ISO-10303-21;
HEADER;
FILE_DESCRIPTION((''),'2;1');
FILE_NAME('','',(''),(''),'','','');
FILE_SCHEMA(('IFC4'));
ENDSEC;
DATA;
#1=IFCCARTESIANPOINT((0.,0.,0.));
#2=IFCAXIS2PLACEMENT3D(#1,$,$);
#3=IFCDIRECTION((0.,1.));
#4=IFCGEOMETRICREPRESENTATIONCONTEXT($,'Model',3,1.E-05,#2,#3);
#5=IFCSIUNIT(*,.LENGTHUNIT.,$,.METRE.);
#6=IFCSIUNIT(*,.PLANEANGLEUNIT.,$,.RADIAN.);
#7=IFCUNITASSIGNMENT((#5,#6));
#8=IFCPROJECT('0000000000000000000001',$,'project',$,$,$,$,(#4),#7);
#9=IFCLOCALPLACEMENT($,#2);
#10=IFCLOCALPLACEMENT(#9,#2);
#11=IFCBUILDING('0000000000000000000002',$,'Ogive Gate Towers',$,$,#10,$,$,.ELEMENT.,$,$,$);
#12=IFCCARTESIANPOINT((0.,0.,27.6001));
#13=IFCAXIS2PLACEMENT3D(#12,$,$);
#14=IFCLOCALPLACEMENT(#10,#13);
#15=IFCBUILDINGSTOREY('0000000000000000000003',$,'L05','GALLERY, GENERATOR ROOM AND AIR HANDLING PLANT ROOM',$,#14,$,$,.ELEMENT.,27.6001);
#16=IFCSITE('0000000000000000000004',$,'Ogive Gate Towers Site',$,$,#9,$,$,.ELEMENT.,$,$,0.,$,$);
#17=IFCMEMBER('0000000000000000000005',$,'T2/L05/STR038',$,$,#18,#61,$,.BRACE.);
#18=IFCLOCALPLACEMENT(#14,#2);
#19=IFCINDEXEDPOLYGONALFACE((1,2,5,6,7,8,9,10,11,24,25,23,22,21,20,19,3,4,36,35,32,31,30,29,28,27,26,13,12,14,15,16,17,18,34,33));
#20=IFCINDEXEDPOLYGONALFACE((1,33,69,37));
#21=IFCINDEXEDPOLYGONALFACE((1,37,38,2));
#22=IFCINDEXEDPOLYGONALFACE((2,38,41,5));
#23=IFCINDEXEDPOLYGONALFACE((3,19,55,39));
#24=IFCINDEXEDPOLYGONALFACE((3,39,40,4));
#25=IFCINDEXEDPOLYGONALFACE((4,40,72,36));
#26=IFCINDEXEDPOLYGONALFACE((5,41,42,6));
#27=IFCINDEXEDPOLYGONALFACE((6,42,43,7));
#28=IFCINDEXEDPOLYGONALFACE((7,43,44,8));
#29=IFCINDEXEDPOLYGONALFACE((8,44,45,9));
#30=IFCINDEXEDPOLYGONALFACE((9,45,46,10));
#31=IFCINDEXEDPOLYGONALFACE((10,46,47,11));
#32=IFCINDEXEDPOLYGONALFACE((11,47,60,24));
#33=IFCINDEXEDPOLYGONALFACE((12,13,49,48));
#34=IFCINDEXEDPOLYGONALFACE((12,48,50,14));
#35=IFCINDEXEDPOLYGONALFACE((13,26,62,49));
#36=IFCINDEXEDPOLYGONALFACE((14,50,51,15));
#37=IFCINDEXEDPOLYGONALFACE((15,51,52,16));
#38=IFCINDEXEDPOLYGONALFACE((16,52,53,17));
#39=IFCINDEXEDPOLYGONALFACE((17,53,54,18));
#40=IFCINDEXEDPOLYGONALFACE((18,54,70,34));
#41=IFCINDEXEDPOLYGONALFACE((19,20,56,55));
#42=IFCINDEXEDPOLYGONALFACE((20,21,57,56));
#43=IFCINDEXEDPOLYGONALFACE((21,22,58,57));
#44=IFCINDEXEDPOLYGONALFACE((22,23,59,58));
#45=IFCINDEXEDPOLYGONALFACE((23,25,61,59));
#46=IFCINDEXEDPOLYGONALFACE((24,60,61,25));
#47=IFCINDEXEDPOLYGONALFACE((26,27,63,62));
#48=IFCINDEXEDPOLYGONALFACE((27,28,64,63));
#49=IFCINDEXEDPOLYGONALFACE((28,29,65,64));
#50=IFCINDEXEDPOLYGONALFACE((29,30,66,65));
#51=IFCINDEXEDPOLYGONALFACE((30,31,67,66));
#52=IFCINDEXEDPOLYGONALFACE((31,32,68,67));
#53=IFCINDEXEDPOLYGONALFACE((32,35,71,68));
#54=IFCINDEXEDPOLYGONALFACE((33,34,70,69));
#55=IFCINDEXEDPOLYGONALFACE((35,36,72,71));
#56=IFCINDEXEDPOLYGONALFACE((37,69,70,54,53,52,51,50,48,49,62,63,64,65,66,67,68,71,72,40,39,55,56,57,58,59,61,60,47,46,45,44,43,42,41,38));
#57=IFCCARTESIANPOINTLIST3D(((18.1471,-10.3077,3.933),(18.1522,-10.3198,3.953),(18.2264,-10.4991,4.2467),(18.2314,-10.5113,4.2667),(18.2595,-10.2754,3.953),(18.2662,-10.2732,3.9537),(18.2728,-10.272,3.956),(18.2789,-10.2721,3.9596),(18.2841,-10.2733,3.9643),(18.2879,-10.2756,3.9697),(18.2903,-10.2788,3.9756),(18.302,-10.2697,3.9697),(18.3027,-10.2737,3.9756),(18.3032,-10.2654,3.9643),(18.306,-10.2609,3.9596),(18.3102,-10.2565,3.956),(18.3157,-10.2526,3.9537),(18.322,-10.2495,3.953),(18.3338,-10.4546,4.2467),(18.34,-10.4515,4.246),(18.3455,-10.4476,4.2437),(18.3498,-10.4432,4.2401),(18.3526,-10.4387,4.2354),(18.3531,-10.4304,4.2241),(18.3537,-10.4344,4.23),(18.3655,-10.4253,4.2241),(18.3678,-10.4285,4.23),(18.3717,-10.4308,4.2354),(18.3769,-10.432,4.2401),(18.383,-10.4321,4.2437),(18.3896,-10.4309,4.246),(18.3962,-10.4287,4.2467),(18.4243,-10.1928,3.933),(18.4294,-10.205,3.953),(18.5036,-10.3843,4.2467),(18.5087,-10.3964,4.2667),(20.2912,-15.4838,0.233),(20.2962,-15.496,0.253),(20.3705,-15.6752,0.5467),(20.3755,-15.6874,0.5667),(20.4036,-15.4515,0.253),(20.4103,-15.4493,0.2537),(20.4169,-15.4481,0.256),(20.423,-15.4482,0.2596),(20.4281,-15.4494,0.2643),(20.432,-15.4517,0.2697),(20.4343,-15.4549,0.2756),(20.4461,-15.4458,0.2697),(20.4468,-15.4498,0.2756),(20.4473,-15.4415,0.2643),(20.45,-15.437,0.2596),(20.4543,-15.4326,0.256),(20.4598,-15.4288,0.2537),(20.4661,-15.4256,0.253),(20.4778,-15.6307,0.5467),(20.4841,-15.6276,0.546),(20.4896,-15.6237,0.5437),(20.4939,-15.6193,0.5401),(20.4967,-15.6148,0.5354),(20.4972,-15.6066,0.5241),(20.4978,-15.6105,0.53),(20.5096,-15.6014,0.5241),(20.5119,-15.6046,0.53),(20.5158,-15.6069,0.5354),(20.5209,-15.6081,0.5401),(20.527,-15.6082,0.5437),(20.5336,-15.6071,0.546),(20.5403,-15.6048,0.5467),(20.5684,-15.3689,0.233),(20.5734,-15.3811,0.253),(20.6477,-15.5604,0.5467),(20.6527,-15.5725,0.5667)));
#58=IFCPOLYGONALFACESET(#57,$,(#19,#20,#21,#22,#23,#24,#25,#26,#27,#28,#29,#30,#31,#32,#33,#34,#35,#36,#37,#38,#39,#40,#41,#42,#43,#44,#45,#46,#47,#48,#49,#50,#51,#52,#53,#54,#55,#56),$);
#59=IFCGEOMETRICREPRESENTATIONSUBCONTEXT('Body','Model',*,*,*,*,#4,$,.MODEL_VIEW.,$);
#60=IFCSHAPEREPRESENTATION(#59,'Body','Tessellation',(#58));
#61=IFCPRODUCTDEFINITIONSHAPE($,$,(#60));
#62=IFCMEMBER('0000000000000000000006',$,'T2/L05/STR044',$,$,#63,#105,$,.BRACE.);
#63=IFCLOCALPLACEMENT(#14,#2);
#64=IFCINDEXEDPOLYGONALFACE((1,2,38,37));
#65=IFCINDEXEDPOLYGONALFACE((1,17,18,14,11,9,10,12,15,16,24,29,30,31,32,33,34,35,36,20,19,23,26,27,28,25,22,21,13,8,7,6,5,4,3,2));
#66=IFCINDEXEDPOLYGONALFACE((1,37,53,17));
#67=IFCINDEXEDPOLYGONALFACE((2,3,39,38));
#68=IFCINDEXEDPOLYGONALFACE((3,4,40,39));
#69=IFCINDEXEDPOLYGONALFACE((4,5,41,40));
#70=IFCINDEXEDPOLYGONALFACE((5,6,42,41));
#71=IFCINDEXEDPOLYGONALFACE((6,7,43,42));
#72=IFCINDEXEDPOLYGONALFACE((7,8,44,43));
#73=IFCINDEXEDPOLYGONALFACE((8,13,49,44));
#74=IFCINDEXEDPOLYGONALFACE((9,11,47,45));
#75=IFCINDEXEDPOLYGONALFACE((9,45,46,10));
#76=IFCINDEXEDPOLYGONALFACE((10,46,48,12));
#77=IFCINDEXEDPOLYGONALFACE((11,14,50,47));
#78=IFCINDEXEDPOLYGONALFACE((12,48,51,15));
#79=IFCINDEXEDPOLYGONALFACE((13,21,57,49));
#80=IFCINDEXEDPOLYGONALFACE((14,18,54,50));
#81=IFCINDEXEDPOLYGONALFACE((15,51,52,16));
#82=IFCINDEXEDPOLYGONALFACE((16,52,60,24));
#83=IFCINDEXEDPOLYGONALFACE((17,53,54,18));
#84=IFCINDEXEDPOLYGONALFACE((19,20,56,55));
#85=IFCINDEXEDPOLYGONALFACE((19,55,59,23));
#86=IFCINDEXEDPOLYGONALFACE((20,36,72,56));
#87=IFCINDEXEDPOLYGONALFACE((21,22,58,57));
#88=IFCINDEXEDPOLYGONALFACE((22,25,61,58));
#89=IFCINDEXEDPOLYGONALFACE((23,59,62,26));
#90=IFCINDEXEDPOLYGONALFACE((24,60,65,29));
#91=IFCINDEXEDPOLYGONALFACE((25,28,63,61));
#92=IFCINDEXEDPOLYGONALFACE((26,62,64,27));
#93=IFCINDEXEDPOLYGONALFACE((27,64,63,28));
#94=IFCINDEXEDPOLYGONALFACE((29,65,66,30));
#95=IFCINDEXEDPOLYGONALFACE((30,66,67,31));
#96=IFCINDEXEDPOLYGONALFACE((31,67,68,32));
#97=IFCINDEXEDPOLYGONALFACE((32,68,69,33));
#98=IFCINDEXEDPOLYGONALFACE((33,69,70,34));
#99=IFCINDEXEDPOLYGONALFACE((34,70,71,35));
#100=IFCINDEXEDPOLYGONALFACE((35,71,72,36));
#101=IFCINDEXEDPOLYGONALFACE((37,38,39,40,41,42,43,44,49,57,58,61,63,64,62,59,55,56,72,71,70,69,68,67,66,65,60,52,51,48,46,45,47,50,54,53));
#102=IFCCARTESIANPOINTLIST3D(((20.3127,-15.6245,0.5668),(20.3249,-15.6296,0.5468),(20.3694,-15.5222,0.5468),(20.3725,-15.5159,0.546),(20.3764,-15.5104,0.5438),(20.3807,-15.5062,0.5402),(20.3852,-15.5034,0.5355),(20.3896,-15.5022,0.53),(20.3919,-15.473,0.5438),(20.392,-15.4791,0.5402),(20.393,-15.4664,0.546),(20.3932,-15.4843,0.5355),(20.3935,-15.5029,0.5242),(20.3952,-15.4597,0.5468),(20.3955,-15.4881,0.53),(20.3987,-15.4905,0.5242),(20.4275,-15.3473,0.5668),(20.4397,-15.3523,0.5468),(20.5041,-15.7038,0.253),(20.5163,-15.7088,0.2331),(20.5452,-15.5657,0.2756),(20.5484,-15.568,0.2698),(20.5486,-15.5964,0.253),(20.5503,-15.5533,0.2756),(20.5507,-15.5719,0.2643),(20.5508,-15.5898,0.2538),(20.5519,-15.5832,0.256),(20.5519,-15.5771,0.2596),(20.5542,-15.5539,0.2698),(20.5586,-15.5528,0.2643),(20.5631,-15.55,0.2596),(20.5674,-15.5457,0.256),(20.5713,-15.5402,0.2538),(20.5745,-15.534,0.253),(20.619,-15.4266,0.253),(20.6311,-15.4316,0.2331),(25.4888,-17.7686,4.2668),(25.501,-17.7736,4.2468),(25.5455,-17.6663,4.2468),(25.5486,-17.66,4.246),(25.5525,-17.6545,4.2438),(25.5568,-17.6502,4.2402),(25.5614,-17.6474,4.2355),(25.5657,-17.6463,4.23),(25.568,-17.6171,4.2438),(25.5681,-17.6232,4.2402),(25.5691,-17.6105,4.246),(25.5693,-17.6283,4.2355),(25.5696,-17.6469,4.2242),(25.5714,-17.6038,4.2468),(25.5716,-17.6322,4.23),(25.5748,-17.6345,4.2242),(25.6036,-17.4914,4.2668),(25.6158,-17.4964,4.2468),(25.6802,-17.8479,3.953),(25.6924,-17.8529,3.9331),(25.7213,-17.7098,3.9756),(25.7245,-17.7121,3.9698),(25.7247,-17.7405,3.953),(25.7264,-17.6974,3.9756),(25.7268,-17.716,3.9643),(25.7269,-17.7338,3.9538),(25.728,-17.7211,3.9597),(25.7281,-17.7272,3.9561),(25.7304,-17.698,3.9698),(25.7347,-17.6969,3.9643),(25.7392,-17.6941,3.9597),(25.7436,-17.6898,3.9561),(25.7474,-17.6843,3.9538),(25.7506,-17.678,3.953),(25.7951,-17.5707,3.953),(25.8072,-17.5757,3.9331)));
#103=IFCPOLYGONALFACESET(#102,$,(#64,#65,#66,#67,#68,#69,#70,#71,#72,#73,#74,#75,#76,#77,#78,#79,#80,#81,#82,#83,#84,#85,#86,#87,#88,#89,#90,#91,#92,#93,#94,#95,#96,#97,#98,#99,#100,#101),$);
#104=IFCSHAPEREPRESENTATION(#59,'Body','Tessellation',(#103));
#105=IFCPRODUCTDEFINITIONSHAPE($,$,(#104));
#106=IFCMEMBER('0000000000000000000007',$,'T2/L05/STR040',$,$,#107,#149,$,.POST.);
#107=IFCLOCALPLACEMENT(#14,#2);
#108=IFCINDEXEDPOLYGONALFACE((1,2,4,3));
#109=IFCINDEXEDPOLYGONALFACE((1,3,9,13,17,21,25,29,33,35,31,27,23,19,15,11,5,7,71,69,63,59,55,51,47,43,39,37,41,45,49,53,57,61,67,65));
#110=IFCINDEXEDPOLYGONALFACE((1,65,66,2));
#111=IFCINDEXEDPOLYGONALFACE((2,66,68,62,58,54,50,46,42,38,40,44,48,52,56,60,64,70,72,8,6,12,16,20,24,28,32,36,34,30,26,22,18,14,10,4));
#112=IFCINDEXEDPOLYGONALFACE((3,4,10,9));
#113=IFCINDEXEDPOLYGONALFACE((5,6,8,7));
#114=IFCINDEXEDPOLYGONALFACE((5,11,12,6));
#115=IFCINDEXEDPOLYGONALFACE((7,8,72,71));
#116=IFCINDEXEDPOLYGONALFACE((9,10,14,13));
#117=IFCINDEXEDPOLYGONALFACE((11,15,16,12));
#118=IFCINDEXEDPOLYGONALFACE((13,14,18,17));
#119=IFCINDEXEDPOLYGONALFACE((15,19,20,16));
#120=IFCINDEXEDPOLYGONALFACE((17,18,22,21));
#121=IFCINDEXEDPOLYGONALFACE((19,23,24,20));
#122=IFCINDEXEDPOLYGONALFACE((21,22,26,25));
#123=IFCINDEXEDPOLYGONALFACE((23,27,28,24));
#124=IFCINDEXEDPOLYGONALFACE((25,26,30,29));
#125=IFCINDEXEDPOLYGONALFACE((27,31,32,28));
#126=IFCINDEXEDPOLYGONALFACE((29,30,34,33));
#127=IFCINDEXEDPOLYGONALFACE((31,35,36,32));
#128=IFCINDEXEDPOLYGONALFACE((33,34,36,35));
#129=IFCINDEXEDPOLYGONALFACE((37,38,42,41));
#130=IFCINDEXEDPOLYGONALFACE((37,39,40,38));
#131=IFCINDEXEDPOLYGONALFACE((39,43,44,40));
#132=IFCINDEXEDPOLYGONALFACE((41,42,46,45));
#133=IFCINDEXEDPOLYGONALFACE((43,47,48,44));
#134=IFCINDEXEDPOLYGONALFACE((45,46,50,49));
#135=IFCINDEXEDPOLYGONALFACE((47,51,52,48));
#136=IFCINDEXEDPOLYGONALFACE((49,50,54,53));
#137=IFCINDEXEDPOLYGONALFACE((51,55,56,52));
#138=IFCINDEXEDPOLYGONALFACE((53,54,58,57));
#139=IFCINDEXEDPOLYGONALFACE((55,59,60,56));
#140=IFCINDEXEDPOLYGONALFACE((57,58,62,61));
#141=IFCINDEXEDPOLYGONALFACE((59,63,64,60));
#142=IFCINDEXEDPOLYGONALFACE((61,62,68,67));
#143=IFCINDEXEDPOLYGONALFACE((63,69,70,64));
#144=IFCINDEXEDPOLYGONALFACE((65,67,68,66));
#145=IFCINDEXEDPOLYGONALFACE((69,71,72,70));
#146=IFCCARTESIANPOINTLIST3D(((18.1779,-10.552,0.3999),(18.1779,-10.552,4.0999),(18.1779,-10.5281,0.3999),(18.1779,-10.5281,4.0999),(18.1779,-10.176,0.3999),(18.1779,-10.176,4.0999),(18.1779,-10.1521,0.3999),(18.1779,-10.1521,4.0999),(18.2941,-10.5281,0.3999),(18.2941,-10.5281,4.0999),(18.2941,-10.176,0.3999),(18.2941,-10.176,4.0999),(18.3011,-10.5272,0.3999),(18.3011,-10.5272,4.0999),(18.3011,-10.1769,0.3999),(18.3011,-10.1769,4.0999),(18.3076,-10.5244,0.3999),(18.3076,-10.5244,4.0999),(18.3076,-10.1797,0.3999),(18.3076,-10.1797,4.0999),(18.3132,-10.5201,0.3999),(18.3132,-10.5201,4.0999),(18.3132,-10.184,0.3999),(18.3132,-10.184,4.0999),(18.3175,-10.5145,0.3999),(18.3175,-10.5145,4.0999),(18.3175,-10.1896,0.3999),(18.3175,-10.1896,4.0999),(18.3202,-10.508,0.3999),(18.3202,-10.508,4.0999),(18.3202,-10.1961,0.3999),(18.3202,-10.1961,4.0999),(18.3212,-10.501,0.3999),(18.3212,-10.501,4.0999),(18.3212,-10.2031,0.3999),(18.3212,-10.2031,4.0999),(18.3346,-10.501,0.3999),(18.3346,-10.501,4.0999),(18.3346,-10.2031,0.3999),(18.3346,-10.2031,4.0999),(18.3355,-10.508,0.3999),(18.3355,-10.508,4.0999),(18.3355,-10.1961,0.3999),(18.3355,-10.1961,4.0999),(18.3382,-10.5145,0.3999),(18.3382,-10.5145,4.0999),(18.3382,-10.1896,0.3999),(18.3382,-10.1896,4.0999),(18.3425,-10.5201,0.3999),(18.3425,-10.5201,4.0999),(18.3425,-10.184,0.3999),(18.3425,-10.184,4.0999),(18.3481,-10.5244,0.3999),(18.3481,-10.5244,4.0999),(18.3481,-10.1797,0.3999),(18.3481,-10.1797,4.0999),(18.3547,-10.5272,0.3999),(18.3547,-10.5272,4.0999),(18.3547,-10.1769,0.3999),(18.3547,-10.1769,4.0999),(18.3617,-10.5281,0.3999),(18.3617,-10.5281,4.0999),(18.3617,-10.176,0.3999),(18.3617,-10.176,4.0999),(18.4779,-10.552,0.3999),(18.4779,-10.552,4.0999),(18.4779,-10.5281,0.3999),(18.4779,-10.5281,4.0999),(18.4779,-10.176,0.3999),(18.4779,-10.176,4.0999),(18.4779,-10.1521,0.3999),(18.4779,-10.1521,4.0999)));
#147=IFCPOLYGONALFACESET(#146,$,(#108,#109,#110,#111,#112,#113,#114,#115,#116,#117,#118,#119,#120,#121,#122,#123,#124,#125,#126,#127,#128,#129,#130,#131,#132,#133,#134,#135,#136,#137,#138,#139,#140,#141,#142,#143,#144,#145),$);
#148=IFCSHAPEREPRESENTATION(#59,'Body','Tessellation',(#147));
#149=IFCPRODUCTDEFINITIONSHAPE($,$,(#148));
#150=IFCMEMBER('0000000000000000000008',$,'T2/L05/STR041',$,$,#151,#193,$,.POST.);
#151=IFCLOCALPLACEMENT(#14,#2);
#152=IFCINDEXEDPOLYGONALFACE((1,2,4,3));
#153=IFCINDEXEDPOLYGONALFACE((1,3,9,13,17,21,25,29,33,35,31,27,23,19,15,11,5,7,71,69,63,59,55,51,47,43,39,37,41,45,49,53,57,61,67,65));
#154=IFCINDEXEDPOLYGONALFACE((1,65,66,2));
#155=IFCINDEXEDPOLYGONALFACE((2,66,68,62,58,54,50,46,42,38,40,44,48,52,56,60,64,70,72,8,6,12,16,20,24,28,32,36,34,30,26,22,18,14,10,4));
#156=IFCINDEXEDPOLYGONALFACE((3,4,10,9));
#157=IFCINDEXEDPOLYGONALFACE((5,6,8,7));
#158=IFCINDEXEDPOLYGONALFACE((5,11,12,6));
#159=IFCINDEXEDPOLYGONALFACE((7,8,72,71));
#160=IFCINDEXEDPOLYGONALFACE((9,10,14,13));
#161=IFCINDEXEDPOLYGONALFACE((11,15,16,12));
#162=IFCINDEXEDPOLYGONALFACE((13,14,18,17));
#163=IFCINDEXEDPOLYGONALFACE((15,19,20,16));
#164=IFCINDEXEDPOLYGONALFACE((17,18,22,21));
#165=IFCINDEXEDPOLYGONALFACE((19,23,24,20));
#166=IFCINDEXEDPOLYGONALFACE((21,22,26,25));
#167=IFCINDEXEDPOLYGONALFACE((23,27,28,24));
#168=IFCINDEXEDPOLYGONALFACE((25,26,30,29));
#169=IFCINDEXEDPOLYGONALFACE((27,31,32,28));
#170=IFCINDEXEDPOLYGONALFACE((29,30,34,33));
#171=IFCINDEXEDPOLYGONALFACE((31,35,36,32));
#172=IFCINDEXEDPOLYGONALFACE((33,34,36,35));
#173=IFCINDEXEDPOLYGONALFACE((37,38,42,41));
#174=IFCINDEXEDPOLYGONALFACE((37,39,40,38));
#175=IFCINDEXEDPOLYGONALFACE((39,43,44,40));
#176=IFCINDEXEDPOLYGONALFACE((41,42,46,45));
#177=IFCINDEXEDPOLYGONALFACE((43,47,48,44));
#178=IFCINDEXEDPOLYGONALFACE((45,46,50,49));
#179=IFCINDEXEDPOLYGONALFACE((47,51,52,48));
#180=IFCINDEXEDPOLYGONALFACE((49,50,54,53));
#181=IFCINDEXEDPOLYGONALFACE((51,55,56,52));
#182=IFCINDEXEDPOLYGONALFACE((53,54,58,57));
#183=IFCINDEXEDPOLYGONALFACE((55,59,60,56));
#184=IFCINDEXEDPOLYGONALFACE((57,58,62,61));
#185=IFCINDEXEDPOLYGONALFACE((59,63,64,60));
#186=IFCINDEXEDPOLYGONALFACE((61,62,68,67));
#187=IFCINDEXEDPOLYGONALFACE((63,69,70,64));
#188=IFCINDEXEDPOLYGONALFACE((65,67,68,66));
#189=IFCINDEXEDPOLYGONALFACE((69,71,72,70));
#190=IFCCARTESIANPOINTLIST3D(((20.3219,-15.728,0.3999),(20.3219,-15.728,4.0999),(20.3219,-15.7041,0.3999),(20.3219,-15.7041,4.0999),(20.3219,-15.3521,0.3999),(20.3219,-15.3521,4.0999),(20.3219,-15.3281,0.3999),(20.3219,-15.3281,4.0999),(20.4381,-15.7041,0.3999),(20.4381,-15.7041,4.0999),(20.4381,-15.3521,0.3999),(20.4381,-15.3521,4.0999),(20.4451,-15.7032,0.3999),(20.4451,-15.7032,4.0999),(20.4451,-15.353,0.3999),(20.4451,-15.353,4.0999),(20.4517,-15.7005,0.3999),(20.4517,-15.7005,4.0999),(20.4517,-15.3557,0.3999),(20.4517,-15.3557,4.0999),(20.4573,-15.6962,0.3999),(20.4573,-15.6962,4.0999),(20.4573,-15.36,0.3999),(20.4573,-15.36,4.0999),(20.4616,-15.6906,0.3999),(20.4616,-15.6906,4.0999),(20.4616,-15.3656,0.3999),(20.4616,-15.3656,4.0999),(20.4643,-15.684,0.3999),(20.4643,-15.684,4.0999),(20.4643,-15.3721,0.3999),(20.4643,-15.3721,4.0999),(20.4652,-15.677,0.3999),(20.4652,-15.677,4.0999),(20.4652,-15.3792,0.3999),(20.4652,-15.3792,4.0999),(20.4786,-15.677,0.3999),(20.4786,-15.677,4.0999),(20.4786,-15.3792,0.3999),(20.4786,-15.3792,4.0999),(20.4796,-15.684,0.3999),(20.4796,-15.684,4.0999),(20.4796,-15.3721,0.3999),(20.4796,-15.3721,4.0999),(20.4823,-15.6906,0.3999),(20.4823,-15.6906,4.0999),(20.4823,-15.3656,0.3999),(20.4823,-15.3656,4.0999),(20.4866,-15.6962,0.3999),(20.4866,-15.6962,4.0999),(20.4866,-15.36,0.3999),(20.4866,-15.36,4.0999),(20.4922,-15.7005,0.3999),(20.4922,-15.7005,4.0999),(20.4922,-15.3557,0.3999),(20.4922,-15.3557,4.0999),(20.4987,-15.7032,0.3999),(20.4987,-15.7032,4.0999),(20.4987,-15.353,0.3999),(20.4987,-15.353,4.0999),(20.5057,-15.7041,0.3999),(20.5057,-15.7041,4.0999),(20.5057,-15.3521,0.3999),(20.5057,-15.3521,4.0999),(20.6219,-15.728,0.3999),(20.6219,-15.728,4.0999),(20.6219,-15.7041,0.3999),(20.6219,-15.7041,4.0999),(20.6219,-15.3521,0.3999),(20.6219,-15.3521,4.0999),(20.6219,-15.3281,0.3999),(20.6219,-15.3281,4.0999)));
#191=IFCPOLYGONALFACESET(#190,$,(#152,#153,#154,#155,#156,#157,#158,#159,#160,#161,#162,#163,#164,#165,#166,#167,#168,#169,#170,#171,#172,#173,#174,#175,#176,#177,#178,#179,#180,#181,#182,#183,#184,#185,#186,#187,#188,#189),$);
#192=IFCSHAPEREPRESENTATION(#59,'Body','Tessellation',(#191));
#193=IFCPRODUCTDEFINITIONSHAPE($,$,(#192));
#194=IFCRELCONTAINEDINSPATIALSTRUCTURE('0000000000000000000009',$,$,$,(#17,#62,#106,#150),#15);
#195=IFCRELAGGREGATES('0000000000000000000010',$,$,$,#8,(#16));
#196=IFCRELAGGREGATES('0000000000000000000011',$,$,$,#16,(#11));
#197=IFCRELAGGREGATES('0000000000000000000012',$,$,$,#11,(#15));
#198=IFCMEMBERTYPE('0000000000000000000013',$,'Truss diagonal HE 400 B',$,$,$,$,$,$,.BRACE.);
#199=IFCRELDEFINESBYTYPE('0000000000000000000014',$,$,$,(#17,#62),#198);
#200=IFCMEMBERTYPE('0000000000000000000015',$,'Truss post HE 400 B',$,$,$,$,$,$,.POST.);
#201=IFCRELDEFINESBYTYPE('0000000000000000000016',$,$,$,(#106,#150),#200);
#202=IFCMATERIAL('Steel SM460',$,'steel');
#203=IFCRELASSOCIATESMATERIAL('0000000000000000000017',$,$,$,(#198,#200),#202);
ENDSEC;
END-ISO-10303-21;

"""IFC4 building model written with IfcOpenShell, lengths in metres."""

from ifc_helpers import new_model, si_unit, direction, frame, origin, origin_2d, place, context, subcontext, project, spatial, i_section, extrude, material, material_profile, profile_set, type_object, element, save


model = new_model("IFC4")

# Units and contexts
model_context = context("Model", 3, precision=1e-05, world=origin(), true_north=direction((0.0, 1.0)))
body_context = subcontext(model_context, "Body", "Model", "MODEL_VIEW")
ifc_project = project(units=[si_unit("LENGTHUNIT", "METRE"), si_unit("PLANEANGLEUNIT", "RADIAN")], contexts=[model_context])

# Site, building, storey
site_placement = place(None, origin())
site = spatial("IfcSite", under=ifc_project, at=site_placement, Name="Ogive Gate Towers Site", CompositionType="ELEMENT", RefElevation=0.0)
building_placement = place(site_placement, origin())
building = spatial("IfcBuilding", under=site, at=building_placement, Name="Ogive Gate Towers", CompositionType="ELEMENT")
storey_placement = place(building_placement, frame((0.0, 0.0, 27.6001)))
storey = spatial("IfcBuildingStorey", under=building, at=storey_placement, Name="L05", Description="GALLERY, GENERATOR ROOM AND AIR HANDLING PLANT ROOM", CompositionType="ELEMENT", Elevation=27.6001)

# Shared definitions
ifc_material_1 = material(Name="Steel SM460", Category="steel")

# Members
ifc_material_profile_1 = material_profile(ifc_material_1, i_section(OverallWidth=0.3, OverallDepth=0.3999, WebThickness=0.0134, FlangeThickness=0.0239, FilletRadius=0.0271, at=origin_2d()), Name="HE 400 B")
ifc_profile_set_1 = profile_set([ifc_material_profile_1], Name="Steel SM460")
member_type_1 = type_object("IfcMemberType", Name="Truss diagonal HE 400 B", PredefinedType="BRACE", material=ifc_profile_set_1)
for number, where, z_axis, x_axis, name in (
    (1, (18.3279, -10.3521, 4.0999), (0.319339, -0.77093, -0.55108), (0.923876, 0.382693, 0.0), "T2/L05/STR038"),
    (2, (20.4719, -15.5281, 0.3999), (0.77093, -0.319339, 0.55108), (0.382693, 0.923876, 0.0), "T2/L05/STR044"),
):
    element("IfcMember", number, at=place(storey_placement, frame(where, z_axis=z_axis, x_axis=x_axis)), inside=storey, type_object=member_type_1, Name=name, PredefinedType="BRACE", context=body_context, shape_type="SweptSolid", body=[
        extrude(i_section(OverallWidth=0.3, OverallDepth=0.3999, WebThickness=0.0134, FlangeThickness=0.0239, FilletRadius=0.0271, at=origin_2d()), origin(), (0.0, 0.0, 1.0), 6.7141),
    ])
ifc_material_profile_2 = material_profile(ifc_material_1, i_section(OverallWidth=0.3, OverallDepth=0.3999, WebThickness=0.0134, FlangeThickness=0.0239, FilletRadius=0.0271, at=origin_2d()), Name="HE 400 B")
ifc_profile_set_2 = profile_set([ifc_material_profile_2], Name="Steel SM460")
member_type_2 = type_object("IfcMemberType", Name="Truss post HE 400 B", PredefinedType="POST", material=ifc_profile_set_2)
for number, where, z_axis, x_axis, name in (
    (3, (18.3279, -10.3521, 0.3999), (0.0, 0.0, 1.0), (1.0, 0.0, 0.0), "T2/L05/STR040"),
    (4, (20.4719, -15.5281, 0.3999), (0.0, 0.0, 1.0), (1.0, 0.0, 0.0), "T2/L05/STR041"),
):
    element("IfcMember", number, at=place(storey_placement, frame(where, z_axis=z_axis, x_axis=x_axis)), inside=storey, type_object=member_type_2, Name=name, PredefinedType="POST", context=body_context, shape_type="SweptSolid", body=[
        extrude(i_section(OverallWidth=0.3, OverallDepth=0.3999, WebThickness=0.0134, FlangeThickness=0.0239, FilletRadius=0.0271, at=origin_2d()), origin(), (0.0, 0.0, 1.0), 3.7),
    ])

save(model, "model.ifc")
